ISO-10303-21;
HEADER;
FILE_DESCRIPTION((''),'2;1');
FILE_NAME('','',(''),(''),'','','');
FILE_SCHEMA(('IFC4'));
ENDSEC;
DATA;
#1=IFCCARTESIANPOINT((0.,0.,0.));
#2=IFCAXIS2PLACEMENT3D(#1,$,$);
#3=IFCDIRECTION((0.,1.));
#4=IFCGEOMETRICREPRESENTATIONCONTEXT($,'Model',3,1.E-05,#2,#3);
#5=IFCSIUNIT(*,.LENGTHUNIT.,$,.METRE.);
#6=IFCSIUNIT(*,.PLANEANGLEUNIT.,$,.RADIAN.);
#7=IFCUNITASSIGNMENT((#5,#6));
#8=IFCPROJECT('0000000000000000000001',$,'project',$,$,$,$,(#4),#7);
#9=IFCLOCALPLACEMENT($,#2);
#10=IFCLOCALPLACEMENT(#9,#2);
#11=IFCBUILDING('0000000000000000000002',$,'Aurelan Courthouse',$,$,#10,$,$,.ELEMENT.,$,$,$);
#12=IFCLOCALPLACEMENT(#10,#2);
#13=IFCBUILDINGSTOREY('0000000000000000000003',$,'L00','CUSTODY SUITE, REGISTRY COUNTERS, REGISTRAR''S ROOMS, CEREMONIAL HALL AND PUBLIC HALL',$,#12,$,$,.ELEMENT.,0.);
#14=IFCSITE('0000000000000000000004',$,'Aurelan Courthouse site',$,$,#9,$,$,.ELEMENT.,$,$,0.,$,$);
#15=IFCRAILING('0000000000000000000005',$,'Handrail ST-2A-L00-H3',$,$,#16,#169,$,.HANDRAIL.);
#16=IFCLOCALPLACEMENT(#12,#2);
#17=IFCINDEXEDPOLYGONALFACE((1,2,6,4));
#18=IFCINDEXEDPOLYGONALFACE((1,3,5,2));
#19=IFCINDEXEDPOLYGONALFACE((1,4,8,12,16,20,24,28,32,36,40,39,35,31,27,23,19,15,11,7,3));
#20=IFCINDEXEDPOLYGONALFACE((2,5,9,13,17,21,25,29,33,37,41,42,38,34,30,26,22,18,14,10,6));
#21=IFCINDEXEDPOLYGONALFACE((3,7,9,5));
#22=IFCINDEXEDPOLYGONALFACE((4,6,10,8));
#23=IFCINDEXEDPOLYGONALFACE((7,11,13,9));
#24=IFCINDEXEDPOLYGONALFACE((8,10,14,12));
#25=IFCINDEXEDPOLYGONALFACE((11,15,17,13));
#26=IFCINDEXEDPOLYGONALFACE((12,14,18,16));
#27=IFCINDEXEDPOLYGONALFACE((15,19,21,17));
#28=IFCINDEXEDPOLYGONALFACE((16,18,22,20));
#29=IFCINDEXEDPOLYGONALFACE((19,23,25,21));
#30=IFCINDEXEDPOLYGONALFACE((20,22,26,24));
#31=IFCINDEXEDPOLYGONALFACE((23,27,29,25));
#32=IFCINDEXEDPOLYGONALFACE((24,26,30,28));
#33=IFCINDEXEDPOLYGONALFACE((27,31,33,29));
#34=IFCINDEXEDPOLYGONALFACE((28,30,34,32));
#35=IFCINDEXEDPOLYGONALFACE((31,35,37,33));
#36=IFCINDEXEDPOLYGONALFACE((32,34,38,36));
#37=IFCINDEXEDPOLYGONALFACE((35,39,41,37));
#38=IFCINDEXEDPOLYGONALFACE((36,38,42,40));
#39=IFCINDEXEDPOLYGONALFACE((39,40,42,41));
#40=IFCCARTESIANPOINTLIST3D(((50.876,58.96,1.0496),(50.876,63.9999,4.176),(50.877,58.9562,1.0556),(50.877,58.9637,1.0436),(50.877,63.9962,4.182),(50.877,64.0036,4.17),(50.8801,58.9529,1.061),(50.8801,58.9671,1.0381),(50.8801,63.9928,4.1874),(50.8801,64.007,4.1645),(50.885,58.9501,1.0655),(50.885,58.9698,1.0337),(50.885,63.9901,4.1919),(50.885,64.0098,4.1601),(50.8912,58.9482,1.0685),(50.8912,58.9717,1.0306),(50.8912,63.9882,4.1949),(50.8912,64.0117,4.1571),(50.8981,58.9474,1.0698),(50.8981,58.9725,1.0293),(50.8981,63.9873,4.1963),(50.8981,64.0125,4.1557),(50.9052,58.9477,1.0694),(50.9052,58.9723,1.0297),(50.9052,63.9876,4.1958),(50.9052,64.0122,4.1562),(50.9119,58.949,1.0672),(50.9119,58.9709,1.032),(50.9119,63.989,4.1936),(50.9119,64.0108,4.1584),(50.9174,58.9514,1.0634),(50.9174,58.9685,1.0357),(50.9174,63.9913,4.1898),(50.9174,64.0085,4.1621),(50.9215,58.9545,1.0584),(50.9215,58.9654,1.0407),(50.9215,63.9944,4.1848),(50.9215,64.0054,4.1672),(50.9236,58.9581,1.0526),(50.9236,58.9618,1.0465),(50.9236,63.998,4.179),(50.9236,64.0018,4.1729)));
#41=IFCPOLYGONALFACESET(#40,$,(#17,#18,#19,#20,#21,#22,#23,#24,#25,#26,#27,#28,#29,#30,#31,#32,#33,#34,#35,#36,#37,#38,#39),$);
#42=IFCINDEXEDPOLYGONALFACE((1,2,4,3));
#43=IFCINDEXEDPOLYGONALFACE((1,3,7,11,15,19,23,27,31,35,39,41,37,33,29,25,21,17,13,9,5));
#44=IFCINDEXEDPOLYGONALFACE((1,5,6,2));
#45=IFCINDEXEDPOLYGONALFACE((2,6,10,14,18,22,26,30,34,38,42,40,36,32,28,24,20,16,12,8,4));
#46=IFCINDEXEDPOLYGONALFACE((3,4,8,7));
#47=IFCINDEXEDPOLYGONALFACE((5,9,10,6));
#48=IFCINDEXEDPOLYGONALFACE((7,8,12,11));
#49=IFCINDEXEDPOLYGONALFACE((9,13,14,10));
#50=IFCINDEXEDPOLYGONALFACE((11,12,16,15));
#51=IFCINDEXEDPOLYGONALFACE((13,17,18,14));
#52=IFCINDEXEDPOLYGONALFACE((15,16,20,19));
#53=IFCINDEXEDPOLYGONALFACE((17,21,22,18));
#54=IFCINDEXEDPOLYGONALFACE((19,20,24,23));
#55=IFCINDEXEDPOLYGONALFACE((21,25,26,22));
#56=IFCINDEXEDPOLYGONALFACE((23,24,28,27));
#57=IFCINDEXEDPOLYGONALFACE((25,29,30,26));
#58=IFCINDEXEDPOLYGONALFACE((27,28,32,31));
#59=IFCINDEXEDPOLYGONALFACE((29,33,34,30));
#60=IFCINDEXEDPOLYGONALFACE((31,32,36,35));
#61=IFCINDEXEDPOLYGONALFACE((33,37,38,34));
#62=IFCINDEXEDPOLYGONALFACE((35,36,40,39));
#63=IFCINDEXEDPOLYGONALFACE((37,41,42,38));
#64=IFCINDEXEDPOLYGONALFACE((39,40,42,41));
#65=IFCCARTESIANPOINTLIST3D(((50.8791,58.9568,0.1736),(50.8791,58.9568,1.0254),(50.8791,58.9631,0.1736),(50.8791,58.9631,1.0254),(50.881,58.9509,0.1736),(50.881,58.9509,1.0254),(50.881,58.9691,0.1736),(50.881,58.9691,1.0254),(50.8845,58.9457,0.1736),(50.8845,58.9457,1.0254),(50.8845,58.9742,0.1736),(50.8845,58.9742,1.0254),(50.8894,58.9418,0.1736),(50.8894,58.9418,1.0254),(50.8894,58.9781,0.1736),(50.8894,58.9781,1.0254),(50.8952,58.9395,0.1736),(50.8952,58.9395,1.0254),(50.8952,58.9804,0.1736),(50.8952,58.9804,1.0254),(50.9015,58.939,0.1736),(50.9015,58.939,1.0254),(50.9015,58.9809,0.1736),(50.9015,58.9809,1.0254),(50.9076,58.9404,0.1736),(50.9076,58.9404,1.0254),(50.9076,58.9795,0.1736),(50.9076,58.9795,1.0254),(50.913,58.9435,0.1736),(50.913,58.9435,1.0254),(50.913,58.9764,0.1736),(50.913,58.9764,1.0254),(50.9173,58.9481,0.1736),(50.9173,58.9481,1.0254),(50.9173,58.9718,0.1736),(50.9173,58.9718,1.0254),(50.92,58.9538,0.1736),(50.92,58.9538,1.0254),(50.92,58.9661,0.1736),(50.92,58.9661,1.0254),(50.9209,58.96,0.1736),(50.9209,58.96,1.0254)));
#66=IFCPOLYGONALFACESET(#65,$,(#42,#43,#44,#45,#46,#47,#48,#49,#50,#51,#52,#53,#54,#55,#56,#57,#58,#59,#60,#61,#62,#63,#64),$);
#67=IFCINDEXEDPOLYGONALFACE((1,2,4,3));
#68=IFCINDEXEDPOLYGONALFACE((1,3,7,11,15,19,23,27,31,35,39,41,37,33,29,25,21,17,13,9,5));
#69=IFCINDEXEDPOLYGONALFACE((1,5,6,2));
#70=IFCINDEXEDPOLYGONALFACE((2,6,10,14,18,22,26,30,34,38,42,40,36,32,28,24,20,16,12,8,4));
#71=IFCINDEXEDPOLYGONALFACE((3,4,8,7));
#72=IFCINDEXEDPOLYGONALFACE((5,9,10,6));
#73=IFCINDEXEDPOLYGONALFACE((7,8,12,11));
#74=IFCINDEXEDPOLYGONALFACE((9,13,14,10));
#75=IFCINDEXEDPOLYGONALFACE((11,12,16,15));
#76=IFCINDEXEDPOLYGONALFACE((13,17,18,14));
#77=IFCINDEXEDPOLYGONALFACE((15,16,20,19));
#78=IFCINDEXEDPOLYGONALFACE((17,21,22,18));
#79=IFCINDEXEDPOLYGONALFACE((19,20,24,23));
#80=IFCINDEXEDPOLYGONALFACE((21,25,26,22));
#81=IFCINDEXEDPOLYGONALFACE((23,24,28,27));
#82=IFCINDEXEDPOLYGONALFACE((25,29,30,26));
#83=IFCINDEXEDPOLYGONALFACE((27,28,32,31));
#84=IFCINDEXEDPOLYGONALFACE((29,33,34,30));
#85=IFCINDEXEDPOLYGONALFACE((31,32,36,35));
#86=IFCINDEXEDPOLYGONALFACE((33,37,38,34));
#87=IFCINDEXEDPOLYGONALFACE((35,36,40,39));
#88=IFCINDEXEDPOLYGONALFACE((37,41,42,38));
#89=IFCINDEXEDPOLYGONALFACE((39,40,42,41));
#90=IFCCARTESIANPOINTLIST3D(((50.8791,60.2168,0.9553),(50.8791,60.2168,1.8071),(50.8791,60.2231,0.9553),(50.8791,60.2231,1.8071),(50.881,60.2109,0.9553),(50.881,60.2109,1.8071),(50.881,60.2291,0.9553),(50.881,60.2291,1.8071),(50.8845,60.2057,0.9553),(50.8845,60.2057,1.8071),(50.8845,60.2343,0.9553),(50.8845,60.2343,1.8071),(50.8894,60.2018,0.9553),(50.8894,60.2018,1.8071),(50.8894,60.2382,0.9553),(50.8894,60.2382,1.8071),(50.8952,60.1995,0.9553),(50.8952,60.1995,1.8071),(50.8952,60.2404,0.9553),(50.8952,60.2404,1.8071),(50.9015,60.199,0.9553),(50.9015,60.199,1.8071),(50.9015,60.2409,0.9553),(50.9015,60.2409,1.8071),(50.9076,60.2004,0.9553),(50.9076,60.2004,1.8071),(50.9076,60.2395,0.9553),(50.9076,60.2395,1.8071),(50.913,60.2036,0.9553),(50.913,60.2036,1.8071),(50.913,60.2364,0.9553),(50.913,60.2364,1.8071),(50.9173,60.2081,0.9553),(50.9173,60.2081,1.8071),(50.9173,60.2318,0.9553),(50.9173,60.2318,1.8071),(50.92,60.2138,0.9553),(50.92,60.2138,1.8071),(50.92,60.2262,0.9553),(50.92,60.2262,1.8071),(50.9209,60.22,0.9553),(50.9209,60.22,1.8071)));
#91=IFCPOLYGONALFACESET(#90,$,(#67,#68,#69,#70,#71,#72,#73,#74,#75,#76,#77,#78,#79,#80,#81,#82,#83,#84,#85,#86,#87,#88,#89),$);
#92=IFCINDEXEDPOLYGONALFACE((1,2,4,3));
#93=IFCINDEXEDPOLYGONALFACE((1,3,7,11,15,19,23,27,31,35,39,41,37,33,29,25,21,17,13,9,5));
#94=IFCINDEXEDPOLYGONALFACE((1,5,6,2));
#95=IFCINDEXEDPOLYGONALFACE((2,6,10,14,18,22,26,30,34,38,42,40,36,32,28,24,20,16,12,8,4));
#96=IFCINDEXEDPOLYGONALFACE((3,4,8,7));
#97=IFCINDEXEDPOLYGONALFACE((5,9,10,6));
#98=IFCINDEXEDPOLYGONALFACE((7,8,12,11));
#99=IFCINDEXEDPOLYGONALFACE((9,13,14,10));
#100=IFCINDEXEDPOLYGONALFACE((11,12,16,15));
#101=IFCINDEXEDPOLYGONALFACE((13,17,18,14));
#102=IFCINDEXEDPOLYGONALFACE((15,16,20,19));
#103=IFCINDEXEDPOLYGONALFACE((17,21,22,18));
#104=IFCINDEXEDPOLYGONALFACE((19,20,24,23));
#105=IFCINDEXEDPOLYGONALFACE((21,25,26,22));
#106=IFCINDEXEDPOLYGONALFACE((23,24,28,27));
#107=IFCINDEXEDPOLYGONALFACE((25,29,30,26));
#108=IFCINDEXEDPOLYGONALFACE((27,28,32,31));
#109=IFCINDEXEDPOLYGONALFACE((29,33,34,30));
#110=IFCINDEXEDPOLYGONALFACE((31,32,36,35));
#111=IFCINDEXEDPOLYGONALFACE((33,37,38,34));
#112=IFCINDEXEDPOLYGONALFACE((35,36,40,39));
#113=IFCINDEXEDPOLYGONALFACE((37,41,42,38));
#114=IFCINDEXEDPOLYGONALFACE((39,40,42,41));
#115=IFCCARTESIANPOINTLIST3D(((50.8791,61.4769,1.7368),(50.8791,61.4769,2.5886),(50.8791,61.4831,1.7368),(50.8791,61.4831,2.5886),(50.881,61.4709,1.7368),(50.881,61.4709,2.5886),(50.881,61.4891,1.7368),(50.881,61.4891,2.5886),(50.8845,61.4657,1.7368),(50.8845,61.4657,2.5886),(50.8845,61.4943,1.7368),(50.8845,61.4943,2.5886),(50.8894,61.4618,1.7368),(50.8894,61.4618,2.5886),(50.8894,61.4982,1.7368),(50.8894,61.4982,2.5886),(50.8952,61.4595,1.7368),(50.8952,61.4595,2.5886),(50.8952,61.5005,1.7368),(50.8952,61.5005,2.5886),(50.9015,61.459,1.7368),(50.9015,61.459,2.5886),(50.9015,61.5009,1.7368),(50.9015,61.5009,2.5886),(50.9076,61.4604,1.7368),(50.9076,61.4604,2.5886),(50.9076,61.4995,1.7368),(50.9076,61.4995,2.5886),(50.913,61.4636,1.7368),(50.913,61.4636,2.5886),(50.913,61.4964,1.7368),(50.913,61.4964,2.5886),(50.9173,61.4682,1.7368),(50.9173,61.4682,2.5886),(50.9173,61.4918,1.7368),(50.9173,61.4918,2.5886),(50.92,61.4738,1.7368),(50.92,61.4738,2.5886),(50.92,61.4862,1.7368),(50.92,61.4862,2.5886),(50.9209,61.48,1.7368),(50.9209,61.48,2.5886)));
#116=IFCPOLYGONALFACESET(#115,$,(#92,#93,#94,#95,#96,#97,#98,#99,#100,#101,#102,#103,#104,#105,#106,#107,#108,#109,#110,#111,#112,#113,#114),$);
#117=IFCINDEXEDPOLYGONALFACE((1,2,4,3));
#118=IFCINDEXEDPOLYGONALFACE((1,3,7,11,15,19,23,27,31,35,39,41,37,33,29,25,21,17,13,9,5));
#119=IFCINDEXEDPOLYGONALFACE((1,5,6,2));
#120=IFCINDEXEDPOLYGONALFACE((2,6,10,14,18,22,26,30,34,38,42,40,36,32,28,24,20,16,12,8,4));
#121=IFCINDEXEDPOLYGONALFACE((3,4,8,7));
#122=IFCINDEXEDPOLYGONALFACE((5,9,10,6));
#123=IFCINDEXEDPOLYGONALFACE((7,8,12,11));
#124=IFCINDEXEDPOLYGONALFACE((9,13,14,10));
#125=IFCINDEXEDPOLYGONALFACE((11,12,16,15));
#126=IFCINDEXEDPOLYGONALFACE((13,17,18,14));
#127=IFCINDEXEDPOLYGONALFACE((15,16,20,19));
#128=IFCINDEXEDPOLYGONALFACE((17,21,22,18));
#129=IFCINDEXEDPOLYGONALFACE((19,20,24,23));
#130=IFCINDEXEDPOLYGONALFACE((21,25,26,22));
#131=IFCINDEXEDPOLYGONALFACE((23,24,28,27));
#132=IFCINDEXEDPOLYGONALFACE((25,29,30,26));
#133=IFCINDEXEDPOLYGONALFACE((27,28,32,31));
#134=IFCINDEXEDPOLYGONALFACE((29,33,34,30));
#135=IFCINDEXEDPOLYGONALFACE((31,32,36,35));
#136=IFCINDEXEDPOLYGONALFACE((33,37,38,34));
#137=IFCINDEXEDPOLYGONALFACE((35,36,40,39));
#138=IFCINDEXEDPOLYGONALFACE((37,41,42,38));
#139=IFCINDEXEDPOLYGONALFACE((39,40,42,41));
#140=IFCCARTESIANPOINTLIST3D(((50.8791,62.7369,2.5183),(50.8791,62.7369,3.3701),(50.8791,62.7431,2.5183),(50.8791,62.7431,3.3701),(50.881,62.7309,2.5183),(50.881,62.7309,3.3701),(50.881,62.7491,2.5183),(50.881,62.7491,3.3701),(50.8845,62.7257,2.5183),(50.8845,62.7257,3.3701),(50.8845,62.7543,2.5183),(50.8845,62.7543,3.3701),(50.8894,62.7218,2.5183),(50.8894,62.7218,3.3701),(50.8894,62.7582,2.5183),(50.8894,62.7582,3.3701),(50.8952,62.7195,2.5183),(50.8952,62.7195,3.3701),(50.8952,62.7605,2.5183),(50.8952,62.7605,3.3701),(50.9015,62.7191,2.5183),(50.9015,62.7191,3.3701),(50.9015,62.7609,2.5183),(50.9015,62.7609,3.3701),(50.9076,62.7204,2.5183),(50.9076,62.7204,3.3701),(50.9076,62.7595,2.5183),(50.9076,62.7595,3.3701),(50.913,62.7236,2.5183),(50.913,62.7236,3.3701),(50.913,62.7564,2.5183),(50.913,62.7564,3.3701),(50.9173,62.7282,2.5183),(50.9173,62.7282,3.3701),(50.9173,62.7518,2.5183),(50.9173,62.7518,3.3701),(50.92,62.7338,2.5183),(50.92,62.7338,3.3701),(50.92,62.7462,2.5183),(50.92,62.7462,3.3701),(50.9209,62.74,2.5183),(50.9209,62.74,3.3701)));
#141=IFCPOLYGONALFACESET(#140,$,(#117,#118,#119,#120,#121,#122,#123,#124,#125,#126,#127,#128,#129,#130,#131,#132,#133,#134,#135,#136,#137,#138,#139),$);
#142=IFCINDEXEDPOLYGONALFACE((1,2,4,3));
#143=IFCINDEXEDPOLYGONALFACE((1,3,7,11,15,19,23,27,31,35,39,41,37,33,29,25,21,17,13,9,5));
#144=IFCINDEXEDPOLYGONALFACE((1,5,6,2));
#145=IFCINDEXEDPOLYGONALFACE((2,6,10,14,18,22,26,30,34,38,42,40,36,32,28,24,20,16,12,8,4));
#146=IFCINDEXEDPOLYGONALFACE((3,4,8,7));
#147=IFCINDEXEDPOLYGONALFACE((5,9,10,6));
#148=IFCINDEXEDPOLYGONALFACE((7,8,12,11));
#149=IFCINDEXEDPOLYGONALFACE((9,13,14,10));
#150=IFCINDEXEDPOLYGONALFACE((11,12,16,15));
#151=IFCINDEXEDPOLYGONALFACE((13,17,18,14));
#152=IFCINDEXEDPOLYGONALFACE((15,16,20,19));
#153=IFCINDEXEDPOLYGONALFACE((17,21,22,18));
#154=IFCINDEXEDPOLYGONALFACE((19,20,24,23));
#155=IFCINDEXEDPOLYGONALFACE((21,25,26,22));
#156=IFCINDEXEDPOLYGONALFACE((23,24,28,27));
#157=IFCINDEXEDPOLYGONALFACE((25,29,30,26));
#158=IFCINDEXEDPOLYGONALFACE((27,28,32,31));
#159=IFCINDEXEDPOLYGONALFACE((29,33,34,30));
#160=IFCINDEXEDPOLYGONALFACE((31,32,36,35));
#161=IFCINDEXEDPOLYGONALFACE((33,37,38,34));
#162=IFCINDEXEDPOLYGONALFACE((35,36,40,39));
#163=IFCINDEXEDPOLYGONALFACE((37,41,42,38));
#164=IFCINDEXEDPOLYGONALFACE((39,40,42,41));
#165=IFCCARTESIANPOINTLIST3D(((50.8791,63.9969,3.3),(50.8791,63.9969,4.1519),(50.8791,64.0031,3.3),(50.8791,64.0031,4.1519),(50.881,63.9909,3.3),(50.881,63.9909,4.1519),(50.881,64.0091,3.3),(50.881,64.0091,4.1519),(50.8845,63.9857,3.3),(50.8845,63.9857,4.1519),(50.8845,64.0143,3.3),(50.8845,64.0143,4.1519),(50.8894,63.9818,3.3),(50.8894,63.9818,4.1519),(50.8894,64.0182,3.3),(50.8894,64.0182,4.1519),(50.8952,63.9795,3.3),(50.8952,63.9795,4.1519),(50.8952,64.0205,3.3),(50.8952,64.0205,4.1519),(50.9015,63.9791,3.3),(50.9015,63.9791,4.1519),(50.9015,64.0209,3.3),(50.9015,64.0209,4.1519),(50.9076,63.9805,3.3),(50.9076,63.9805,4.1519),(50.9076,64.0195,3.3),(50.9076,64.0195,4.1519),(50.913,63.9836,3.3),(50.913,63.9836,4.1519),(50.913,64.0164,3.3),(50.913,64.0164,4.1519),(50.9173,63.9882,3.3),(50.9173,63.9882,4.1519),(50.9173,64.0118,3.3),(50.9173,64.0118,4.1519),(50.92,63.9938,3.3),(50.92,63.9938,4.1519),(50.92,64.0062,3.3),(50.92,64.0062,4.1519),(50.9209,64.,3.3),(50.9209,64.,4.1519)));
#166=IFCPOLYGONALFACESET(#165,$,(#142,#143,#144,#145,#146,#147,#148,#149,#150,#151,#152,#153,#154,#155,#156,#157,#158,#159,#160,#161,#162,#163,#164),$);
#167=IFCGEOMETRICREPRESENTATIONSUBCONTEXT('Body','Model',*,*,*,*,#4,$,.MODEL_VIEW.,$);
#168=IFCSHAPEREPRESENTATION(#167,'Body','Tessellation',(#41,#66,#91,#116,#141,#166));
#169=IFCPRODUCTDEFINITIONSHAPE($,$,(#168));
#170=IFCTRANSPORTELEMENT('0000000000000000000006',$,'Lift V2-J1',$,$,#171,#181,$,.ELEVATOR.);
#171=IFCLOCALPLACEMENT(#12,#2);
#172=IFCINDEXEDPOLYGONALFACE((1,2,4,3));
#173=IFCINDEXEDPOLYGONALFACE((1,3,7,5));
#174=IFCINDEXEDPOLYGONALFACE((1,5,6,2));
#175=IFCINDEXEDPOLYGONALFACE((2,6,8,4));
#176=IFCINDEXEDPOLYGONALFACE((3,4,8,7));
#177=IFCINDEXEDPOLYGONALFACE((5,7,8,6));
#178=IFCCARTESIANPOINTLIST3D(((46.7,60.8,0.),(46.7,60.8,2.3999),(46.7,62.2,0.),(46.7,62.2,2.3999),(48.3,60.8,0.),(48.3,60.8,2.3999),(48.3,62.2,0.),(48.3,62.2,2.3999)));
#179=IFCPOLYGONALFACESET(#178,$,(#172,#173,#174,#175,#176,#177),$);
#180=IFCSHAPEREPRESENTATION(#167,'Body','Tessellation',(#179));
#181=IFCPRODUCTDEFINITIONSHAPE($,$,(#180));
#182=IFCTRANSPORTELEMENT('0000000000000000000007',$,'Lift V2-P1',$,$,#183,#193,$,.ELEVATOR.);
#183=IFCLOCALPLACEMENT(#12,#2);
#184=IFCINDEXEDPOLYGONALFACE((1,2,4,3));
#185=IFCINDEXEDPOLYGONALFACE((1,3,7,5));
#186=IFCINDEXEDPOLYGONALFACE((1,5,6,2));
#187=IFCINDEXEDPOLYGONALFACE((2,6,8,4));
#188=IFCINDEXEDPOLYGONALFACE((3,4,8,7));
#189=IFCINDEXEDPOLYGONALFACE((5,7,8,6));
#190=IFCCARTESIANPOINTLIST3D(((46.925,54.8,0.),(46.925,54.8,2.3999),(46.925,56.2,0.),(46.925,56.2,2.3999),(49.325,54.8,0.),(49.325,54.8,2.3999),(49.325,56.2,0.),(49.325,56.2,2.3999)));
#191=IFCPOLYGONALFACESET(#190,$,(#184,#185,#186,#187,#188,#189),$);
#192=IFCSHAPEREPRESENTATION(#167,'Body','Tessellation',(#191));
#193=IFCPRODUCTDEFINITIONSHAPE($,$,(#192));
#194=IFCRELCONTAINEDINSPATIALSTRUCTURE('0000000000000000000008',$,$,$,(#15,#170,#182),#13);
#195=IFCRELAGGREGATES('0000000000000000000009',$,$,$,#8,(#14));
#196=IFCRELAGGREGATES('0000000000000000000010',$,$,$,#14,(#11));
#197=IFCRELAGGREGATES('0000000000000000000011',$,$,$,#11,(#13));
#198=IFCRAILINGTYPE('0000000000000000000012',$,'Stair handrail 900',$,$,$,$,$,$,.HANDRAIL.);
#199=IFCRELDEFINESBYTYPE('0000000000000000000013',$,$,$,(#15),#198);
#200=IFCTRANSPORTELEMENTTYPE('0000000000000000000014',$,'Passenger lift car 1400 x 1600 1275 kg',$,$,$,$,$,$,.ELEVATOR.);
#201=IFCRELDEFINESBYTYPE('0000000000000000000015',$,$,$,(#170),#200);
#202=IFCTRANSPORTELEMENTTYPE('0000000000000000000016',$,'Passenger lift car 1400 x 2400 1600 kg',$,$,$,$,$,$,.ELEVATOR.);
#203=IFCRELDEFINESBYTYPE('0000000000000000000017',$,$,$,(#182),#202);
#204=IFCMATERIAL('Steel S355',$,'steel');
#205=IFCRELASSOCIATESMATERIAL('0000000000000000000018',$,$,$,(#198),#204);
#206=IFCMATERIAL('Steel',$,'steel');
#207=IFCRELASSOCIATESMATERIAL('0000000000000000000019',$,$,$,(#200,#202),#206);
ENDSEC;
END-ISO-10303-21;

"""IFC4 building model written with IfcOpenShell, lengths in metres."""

from ifc_helpers import new_model, si_unit, direction, frame, origin, origin_2d, place, context, subcontext, project, spatial, rectangle, circle, extrude, material, type_object, element, save


model = new_model("IFC4")

# Units and contexts
model_context = context("Model", 3, precision=1e-05, world=origin(), true_north=direction((0.0, 1.0)))
body_context = subcontext(model_context, "Body", "Model", "MODEL_VIEW")
ifc_project = project(units=[si_unit("LENGTHUNIT", "METRE"), si_unit("PLANEANGLEUNIT", "RADIAN")], contexts=[model_context])

# Site, building, storey
site_placement = place(None, origin())
site = spatial("IfcSite", under=ifc_project, at=site_placement, Name="Aurelan Courthouse site", CompositionType="ELEMENT", RefElevation=0.0)
building_placement = place(site_placement, origin())
building = spatial("IfcBuilding", under=site, at=building_placement, Name="Aurelan Courthouse", CompositionType="ELEMENT")
storey_placement = place(building_placement, origin())
storey = spatial("IfcBuildingStorey", under=building, at=storey_placement, Name="L00", Description="CUSTODY SUITE, REGISTRY COUNTERS, REGISTRAR'S ROOMS, CEREMONIAL HALL AND PUBLIC HALL", CompositionType="ELEMENT", Elevation=0.0)

# Shared definitions
ifc_material_1 = material(Name="Steel", Category="steel")

# Railing
ifc_material_2 = material(Name="Steel S355", Category="steel")
railing_type = type_object("IfcRailingType", Name="Stair handrail 900", PredefinedType="HANDRAIL", material=ifc_material_2)
for number, where, name in (
    (1, (50.8999, 58.96, 0.1736), "Handrail ST-2A-L00-H3"),
):
    element("IfcRailing", number, at=place(storey_placement, frame(where)), inside=storey, type_object=railing_type, Name=name, PredefinedType="HANDRAIL", context=body_context, shape_type="SweptSolid", body=[
        extrude(circle(Radius=0.0239, at=origin_2d()), frame((0.0, 0.0, 0.876), z_axis=(0.0, 0.849779, 0.527139), x_axis=(-1.0, 0.0, 0.0)), (0.0, 0.0, 1.0), 5.9309),
        extrude(circle(Radius=0.021, at=origin_2d()), origin(), (0.0, 0.0, 1.0), 0.8518),
        extrude(circle(Radius=0.021, at=origin_2d()), frame((0.0, 1.26, 0.7817)), (0.0, 0.0, 1.0), 0.8518),
        extrude(circle(Radius=0.021, at=origin_2d()), frame((0.0, 2.52, 1.5632)), (0.0, 0.0, 1.0), 0.8518),
        extrude(circle(Radius=0.021, at=origin_2d()), frame((0.0, 3.78, 2.3447)), (0.0, 0.0, 1.0), 0.8518),
        extrude(circle(Radius=0.021, at=origin_2d()), frame((0.0, 5.04, 3.1265)), (0.0, 0.0, 1.0), 0.8518),
    ])

# Transport elements
transport_element_type_1 = type_object("IfcTransportElementType", Name="Passenger lift car 1400 x 1600 1275 kg", PredefinedType="ELEVATOR", material=ifc_material_1)
transport_element_1_placement = place(storey_placement, frame((47.5, 61.5, 0.0), z_axis=(0.0, 0.0, 1.0), x_axis=(1.0, 0.0, 0.0)))
element("IfcTransportElement", 2, at=transport_element_1_placement, inside=storey, type_object=transport_element_type_1, Name="Lift V2-J1", PredefinedType="ELEVATOR", context=body_context, shape_type="SweptSolid", body=[
    extrude(rectangle(XDim=1.6001, YDim=1.3999, at=origin_2d()), origin(), (0.0, 0.0, 1.0), 2.3999),
])
transport_element_type_2 = type_object("IfcTransportElementType", Name="Passenger lift car 1400 x 2400 1600 kg", PredefinedType="ELEVATOR", material=ifc_material_1)
transport_element_2_placement = place(storey_placement, frame((48.125, 55.5, 0.0), z_axis=(0.0, 0.0, 1.0), x_axis=(1.0, 0.0, 0.0)))
element("IfcTransportElement", 3, at=transport_element_2_placement, inside=storey, type_object=transport_element_type_2, Name="Lift V2-P1", PredefinedType="ELEVATOR", context=body_context, shape_type="SweptSolid", body=[
    extrude(rectangle(XDim=2.3999, YDim=1.3999, at=origin_2d()), origin(), (0.0, 0.0, 1.0), 2.3999),
])

save(model, "model.ifc")
